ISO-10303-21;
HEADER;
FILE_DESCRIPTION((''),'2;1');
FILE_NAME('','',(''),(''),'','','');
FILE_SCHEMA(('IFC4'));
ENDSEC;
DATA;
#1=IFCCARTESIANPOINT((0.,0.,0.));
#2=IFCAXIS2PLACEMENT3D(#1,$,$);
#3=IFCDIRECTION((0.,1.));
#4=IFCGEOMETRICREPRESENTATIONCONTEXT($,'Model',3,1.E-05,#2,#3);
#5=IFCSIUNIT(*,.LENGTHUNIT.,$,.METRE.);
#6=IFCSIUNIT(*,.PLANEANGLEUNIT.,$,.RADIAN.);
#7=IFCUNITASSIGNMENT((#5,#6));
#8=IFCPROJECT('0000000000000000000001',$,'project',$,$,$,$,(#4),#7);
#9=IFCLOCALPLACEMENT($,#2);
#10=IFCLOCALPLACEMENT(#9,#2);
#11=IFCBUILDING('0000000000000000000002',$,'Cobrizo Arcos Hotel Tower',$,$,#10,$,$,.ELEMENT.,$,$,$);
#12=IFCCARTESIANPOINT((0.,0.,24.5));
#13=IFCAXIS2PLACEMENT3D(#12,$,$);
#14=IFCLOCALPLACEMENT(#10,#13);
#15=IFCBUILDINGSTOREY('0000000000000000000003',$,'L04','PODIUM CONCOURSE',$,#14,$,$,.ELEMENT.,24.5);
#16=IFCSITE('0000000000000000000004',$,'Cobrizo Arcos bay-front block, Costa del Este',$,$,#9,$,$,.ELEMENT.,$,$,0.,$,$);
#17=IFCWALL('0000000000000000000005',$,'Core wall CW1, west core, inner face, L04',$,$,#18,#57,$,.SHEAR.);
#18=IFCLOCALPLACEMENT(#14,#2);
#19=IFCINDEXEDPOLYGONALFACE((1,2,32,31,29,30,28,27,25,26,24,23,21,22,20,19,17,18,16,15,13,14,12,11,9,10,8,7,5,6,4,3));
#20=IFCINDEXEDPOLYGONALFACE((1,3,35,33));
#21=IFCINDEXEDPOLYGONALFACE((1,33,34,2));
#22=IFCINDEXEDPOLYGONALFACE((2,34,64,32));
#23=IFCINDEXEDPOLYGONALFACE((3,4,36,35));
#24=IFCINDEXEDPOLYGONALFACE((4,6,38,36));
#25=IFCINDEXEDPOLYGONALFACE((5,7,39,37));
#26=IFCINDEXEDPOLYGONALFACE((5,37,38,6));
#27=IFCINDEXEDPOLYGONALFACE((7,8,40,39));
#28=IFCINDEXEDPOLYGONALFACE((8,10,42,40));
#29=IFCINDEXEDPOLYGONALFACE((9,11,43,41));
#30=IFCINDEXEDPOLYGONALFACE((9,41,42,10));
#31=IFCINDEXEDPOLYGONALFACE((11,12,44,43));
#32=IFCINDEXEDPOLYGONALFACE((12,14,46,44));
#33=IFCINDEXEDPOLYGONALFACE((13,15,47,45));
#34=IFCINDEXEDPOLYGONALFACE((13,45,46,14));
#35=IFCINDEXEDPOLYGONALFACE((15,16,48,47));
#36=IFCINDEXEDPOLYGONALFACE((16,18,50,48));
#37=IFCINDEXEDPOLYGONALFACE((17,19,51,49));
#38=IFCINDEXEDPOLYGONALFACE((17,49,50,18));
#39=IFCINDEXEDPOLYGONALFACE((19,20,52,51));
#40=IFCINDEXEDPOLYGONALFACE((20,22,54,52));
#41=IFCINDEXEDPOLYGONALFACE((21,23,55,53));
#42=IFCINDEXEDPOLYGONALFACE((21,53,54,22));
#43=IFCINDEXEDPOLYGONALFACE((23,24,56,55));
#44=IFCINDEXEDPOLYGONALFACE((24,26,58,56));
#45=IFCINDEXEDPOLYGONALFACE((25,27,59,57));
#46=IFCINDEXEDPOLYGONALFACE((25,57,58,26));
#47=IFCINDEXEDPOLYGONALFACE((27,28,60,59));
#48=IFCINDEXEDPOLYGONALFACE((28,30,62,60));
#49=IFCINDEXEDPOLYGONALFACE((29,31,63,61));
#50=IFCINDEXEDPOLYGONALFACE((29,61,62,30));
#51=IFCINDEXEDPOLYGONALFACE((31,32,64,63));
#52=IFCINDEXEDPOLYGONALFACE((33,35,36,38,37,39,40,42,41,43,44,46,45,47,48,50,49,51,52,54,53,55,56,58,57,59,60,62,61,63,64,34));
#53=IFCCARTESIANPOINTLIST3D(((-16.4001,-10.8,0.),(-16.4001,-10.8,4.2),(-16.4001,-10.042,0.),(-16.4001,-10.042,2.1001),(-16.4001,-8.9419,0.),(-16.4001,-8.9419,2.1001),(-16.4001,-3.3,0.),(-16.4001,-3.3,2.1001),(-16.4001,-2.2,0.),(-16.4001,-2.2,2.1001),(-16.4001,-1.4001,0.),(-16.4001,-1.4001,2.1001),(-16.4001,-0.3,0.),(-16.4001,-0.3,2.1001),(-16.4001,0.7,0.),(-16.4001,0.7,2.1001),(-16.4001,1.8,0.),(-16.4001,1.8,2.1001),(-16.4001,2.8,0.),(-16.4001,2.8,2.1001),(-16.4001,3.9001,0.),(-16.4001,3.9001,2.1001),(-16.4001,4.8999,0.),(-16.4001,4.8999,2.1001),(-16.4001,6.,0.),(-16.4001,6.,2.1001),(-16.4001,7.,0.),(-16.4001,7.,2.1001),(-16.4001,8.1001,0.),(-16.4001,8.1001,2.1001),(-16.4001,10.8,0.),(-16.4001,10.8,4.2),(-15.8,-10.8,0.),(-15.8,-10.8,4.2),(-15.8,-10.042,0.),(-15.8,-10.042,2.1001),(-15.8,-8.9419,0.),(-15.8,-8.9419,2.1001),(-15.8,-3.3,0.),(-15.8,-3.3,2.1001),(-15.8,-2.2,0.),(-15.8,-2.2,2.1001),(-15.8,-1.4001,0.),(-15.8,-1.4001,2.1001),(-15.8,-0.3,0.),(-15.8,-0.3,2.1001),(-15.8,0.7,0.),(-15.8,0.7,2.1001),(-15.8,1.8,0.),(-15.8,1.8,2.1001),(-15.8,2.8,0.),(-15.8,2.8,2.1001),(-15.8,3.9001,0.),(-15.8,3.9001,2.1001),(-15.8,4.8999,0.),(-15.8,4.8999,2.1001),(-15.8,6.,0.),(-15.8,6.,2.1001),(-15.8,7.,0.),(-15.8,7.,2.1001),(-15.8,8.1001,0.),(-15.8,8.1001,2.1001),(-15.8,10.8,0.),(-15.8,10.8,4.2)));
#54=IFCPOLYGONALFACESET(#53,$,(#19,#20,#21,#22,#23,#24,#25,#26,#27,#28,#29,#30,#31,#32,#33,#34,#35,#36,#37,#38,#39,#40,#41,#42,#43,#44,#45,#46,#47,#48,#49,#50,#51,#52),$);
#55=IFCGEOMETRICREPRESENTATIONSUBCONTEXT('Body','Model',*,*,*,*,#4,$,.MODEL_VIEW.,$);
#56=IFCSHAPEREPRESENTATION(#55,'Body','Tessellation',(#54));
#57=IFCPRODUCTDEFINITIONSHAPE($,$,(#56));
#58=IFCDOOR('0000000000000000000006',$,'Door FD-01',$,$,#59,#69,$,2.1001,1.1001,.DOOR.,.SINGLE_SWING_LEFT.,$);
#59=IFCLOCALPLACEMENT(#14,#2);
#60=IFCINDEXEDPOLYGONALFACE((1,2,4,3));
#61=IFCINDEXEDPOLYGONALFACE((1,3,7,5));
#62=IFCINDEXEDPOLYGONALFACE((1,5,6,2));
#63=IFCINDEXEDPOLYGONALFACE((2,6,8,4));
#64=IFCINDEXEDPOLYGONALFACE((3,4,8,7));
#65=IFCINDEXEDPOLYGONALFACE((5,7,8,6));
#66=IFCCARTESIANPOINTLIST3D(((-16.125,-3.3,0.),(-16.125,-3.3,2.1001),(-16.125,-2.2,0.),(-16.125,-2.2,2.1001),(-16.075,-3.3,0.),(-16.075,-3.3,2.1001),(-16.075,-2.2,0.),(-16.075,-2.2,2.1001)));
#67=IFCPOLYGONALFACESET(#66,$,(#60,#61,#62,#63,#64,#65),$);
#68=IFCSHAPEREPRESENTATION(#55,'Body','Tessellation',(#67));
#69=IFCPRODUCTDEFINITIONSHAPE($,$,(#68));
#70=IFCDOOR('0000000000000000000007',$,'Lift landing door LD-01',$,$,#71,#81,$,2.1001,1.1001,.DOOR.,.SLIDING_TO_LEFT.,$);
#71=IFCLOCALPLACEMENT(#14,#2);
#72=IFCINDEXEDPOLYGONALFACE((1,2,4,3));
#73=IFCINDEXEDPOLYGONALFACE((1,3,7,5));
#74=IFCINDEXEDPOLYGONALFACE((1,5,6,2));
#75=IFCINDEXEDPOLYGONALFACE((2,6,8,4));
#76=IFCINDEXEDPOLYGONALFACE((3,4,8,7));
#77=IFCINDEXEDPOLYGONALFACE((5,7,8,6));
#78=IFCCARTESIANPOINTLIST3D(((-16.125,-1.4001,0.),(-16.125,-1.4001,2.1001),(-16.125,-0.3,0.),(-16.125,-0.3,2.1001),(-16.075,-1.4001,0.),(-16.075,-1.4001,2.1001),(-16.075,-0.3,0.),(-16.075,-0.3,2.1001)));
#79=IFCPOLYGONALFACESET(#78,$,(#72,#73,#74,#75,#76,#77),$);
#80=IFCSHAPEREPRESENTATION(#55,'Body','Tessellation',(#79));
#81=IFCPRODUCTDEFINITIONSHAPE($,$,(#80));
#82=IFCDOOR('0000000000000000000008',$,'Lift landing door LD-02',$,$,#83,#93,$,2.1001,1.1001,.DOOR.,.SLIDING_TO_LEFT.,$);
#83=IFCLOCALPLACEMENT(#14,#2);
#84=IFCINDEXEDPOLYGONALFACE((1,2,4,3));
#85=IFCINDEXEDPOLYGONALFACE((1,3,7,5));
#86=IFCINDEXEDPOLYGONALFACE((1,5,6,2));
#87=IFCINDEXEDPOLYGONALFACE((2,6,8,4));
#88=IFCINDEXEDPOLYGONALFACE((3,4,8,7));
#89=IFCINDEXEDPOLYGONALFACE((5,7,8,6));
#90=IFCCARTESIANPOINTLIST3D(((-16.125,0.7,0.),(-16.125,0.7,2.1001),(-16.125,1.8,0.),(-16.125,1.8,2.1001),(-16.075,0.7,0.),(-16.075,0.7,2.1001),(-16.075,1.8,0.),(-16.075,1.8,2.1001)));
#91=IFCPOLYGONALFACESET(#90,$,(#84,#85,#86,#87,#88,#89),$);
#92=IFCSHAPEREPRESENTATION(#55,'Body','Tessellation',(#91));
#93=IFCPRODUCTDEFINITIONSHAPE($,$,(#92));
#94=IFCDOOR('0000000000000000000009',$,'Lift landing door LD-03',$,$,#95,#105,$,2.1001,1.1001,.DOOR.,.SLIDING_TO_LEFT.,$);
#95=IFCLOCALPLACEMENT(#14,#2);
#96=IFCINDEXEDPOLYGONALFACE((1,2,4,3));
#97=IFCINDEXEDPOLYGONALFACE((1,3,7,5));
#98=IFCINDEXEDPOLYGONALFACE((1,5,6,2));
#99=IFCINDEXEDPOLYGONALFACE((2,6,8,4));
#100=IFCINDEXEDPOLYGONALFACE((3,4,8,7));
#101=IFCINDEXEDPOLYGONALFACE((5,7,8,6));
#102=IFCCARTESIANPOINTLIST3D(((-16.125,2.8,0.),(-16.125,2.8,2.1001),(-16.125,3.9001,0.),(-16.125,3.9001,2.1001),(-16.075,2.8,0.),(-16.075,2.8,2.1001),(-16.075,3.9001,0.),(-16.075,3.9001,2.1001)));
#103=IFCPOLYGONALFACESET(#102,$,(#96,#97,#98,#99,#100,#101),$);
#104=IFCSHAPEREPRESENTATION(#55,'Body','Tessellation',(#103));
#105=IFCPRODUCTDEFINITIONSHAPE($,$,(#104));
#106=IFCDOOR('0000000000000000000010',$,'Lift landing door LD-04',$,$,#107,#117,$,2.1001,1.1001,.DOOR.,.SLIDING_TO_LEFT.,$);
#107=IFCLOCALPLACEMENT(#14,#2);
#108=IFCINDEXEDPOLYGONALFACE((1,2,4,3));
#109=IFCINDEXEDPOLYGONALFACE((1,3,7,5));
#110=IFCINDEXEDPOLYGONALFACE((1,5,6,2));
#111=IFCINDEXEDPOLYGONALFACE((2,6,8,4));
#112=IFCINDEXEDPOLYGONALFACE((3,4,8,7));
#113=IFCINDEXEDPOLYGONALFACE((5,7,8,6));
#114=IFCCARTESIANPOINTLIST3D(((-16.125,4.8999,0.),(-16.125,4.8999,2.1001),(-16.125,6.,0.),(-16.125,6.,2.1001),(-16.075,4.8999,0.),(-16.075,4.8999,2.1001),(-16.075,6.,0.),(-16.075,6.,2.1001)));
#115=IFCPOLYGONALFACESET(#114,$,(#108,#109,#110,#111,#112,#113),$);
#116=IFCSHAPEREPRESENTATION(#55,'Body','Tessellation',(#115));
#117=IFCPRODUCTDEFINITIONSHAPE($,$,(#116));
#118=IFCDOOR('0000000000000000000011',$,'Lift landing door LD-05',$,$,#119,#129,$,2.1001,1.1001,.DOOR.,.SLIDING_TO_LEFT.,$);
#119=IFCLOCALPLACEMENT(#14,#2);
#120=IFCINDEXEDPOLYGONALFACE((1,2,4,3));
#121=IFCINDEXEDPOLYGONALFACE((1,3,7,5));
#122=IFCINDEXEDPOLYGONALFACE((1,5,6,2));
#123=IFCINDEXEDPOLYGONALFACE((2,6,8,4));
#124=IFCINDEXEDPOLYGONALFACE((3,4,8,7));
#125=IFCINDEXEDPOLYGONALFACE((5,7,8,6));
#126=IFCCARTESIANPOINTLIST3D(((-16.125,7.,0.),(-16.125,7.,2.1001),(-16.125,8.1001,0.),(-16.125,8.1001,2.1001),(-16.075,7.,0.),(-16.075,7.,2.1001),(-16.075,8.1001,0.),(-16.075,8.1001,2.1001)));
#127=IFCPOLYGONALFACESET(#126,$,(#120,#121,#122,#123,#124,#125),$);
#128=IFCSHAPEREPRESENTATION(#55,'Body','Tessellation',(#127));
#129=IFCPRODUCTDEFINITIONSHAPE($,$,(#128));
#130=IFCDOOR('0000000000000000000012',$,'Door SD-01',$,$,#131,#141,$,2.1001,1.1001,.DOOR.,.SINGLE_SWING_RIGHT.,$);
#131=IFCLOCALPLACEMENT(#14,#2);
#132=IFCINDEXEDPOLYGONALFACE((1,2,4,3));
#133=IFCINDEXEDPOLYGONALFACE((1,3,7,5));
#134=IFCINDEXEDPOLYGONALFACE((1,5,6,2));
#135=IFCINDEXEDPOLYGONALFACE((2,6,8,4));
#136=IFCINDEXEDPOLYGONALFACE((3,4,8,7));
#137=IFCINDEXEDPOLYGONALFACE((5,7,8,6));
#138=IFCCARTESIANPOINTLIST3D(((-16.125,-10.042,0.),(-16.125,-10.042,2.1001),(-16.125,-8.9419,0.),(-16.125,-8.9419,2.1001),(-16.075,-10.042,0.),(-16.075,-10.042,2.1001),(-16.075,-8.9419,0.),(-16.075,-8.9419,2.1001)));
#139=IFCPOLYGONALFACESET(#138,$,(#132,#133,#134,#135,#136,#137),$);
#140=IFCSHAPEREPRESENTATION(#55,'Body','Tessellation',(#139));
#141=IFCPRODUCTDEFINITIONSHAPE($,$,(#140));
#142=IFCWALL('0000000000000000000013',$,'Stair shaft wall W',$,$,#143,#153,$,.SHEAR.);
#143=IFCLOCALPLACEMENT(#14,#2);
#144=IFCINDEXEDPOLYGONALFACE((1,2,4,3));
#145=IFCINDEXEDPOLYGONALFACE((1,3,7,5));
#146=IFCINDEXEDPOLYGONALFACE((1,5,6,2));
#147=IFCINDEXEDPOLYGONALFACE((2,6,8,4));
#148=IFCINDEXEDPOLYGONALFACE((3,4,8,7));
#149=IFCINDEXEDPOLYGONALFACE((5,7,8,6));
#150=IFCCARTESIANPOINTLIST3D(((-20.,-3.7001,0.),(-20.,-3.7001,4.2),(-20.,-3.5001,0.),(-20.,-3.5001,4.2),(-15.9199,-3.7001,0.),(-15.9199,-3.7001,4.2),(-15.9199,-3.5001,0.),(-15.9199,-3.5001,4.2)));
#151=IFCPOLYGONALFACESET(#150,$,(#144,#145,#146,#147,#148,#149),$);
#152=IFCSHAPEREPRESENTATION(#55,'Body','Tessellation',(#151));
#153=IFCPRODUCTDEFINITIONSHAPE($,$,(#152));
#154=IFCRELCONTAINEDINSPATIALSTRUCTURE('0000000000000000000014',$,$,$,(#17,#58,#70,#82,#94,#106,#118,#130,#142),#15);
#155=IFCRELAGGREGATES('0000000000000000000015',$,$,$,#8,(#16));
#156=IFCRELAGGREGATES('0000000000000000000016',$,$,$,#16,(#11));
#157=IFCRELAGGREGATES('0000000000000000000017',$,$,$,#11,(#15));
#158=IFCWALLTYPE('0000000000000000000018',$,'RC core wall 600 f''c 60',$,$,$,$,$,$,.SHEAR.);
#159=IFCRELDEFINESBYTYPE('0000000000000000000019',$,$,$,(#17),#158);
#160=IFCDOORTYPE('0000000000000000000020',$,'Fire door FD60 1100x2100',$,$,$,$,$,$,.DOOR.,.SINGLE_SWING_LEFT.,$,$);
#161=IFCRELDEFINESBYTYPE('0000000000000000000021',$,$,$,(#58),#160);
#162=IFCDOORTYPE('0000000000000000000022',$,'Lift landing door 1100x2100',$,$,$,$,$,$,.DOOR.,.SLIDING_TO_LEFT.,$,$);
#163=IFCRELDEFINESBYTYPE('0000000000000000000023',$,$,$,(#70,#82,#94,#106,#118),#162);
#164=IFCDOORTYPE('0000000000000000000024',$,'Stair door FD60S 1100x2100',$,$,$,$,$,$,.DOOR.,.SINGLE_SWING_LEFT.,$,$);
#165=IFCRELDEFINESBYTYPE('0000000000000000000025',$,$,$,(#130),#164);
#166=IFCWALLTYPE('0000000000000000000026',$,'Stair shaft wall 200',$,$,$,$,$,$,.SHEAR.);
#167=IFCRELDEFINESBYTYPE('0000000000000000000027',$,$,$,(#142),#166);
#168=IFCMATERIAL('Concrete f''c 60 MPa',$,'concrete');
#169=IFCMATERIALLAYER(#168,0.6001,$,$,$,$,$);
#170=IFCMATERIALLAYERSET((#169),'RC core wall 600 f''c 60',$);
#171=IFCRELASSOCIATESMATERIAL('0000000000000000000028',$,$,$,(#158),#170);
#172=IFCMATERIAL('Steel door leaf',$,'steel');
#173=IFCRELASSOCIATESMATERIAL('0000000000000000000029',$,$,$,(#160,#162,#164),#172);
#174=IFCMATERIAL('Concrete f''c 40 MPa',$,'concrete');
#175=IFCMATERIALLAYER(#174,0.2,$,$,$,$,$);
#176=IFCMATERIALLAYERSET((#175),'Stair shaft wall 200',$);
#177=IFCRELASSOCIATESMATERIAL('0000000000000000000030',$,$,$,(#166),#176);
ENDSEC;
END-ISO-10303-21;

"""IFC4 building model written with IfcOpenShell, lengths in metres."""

from ifc_helpers import new_model, si_unit, direction, frame, frame_2d, origin, place, context, subcontext, project, spatial, rectangle, extrude, material, layer, layer_set, type_object, element, fill, save


model = new_model("IFC4")

# Units and contexts
model_context = context("Model", 3, precision=1e-05, world=origin(), true_north=direction((0.0, 1.0)))
body_context = subcontext(model_context, "Body", "Model", "MODEL_VIEW")
ifc_project = project(units=[si_unit("LENGTHUNIT", "METRE"), si_unit("PLANEANGLEUNIT", "RADIAN")], contexts=[model_context])

# Site, building, storey
site_placement = place(None, origin())
site = spatial("IfcSite", under=ifc_project, at=site_placement, Name="Cobrizo Arcos bay-front block, Costa del Este", CompositionType="ELEMENT", RefElevation=0.0)
building_placement = place(site_placement, origin())
building = spatial("IfcBuilding", under=site, at=building_placement, Name="Cobrizo Arcos Hotel Tower", CompositionType="ELEMENT")
storey_placement = place(building_placement, frame((0.0, 0.0, 24.5)))
storey = spatial("IfcBuildingStorey", under=building, at=storey_placement, Name="L04", Description="PODIUM CONCOURSE", CompositionType="ELEMENT", Elevation=24.5)

# Wall, openings, doors
ifc_material_1 = material(Name="Concrete f'c 60 MPa", Category="concrete")
ifc_layer_1 = layer(ifc_material_1, 0.6001)
ifc_layer_set_1 = layer_set([ifc_layer_1], Name="RC core wall 600 f'c 60")
wall_type_1 = type_object("IfcWallType", Name="RC core wall 600 f'c 60", PredefinedType="SHEAR", material=ifc_layer_set_1)
wall_1_placement = place(storey_placement, frame((-16.1001, -10.8, 0.0), z_axis=(0.0, 0.0, 1.0), x_axis=(0.0, 1.0, 0.0)))
wall_1 = element("IfcWall", 1, at=wall_1_placement, inside=storey, type_object=wall_type_1, Name="Core wall CW1, west core, inner face, L04", PredefinedType="SHEAR", context=body_context, shape_type="SweptSolid", body=[
    extrude(rectangle(XDim=21.6001, YDim=0.6001, at=frame_2d((10.8, 0.0))), origin(), (0.0, 0.0, 1.0), 4.2),
])
opening_1_placement = place(wall_1_placement, frame((9.3999, 0.0, 0.0)))
opening_1 = element("IfcOpeningElement", 2, at=opening_1_placement, cuts=wall_1, PredefinedType="OPENING", context=body_context, shape_type="SweptSolid", body=[
    extrude(rectangle(XDim=1.1001, YDim=2.1001, at=frame_2d((0.55, 1.05))), frame((0.0, 0.312, 0.0), z_axis=(0.0, -1.0, 0.0), x_axis=(1.0, 0.0, 0.0)), (0.0, 0.0, 1.0), 0.624),
])
opening_2_placement = place(wall_1_placement, frame((11.5, 0.0, 0.0)))
opening_2 = element("IfcOpeningElement", 3, at=opening_2_placement, cuts=wall_1, PredefinedType="OPENING", context=body_context, shape_type="SweptSolid", body=[
    extrude(rectangle(XDim=1.1001, YDim=2.1001, at=frame_2d((0.55, 1.05))), frame((0.0, 0.312, 0.0), z_axis=(0.0, -1.0, 0.0), x_axis=(1.0, 0.0, 0.0)), (0.0, 0.0, 1.0), 0.624),
])
opening_3_placement = place(wall_1_placement, frame((13.6001, 0.0, 0.0)))
opening_3 = element("IfcOpeningElement", 4, at=opening_3_placement, cuts=wall_1, PredefinedType="OPENING", context=body_context, shape_type="SweptSolid", body=[
    extrude(rectangle(XDim=1.1001, YDim=2.1001, at=frame_2d((0.55, 1.05))), frame((0.0, 0.312, 0.0), z_axis=(0.0, -1.0, 0.0), x_axis=(1.0, 0.0, 0.0)), (0.0, 0.0, 1.0), 0.624),
])
opening_4_placement = place(wall_1_placement, frame((15.7, 0.0, 0.0)))
opening_4 = element("IfcOpeningElement", 5, at=opening_4_placement, cuts=wall_1, PredefinedType="OPENING", context=body_context, shape_type="SweptSolid", body=[
    extrude(rectangle(XDim=1.1001, YDim=2.1001, at=frame_2d((0.55, 1.05))), frame((0.0, 0.312, 0.0), z_axis=(0.0, -1.0, 0.0), x_axis=(1.0, 0.0, 0.0)), (0.0, 0.0, 1.0), 0.624),
])
opening_5_placement = place(wall_1_placement, frame((17.8, 0.0, 0.0)))
opening_5 = element("IfcOpeningElement", 6, at=opening_5_placement, cuts=wall_1, PredefinedType="OPENING", context=body_context, shape_type="SweptSolid", body=[
    extrude(rectangle(XDim=1.1001, YDim=2.1001, at=frame_2d((0.55, 1.05))), frame((0.0, 0.312, 0.0), z_axis=(0.0, -1.0, 0.0), x_axis=(1.0, 0.0, 0.0)), (0.0, 0.0, 1.0), 0.624),
])
opening_6_placement = place(wall_1_placement, frame((0.7581, 0.0, 0.0)))
opening_6 = element("IfcOpeningElement", 7, at=opening_6_placement, cuts=wall_1, PredefinedType="OPENING", context=body_context, shape_type="SweptSolid", body=[
    extrude(rectangle(XDim=1.1001, YDim=2.1001, at=frame_2d((0.55, 1.05))), frame((0.0, 0.312, 0.0), z_axis=(0.0, -1.0, 0.0), x_axis=(1.0, 0.0, 0.0)), (0.0, 0.0, 1.0), 0.624),
])
opening_7_placement = place(wall_1_placement, frame((7.5, 0.0, 0.0)))
opening_7 = element("IfcOpeningElement", 8, at=opening_7_placement, cuts=wall_1, PredefinedType="OPENING", context=body_context, shape_type="SweptSolid", body=[
    extrude(rectangle(XDim=1.1001, YDim=2.1001, at=frame_2d((0.55, 1.05))), frame((0.0, 0.312, 0.0), z_axis=(0.0, -1.0, 0.0), x_axis=(1.0, 0.0, 0.0)), (0.0, 0.0, 1.0), 0.624),
])
ifc_material_2 = material(Name="Steel door leaf", Category="steel")
door_type_1 = type_object("IfcDoorType", Name="Fire door FD60 1100x2100", OperationType="SINGLE_SWING_LEFT", PredefinedType="DOOR", material=ifc_material_2)
door_1_placement = place(opening_7_placement, origin())
door_1 = element("IfcDoor", 9, at=door_1_placement, inside=storey, type_object=door_type_1, Name="Door FD-01", OperationType="SINGLE_SWING_LEFT", OverallHeight=2.1001, OverallWidth=1.1001, PredefinedType="DOOR", context=body_context, shape_type="SweptSolid", body=[
    extrude(rectangle(XDim=1.1001, YDim=2.1001, at=frame_2d((0.55, 1.05))), frame((0.0, 0.0249, 0.0), z_axis=(0.0, -1.0, 0.0), x_axis=(1.0, 0.0, 0.0)), (0.0, 0.0, 1.0), 0.05),
])
fill(opening_7, door_1)
door_type_2 = type_object("IfcDoorType", Name="Lift landing door 1100x2100", OperationType="SLIDING_TO_LEFT", PredefinedType="DOOR", material=ifc_material_2)
door_2_placement = place(opening_1_placement, origin())
door_2 = element("IfcDoor", 10, at=door_2_placement, inside=storey, type_object=door_type_2, Name="Lift landing door LD-01", OperationType="SLIDING_TO_LEFT", OverallHeight=2.1001, OverallWidth=1.1001, PredefinedType="DOOR", context=body_context, shape_type="SweptSolid", body=[
    extrude(rectangle(XDim=1.1001, YDim=2.1001, at=frame_2d((0.55, 1.05))), frame((0.0, 0.0249, 0.0), z_axis=(0.0, -1.0, 0.0), x_axis=(1.0, 0.0, 0.0)), (0.0, 0.0, 1.0), 0.05),
])
fill(opening_1, door_2)
door_3_placement = place(opening_2_placement, origin())
door_3 = element("IfcDoor", 11, at=door_3_placement, inside=storey, type_object=door_type_2, Name="Lift landing door LD-02", OperationType="SLIDING_TO_LEFT", OverallHeight=2.1001, OverallWidth=1.1001, PredefinedType="DOOR", context=body_context, shape_type="SweptSolid", body=[
    extrude(rectangle(XDim=1.1001, YDim=2.1001, at=frame_2d((0.55, 1.05))), frame((0.0, 0.0249, 0.0), z_axis=(0.0, -1.0, 0.0), x_axis=(1.0, 0.0, 0.0)), (0.0, 0.0, 1.0), 0.05),
])
fill(opening_2, door_3)
door_4_placement = place(opening_3_placement, origin())
door_4 = element("IfcDoor", 12, at=door_4_placement, inside=storey, type_object=door_type_2, Name="Lift landing door LD-03", OperationType="SLIDING_TO_LEFT", OverallHeight=2.1001, OverallWidth=1.1001, PredefinedType="DOOR", context=body_context, shape_type="SweptSolid", body=[
    extrude(rectangle(XDim=1.1001, YDim=2.1001, at=frame_2d((0.55, 1.05))), frame((0.0, 0.0249, 0.0), z_axis=(0.0, -1.0, 0.0), x_axis=(1.0, 0.0, 0.0)), (0.0, 0.0, 1.0), 0.05),
])
fill(opening_3, door_4)
door_5_placement = place(opening_4_placement, origin())
door_5 = element("IfcDoor", 13, at=door_5_placement, inside=storey, type_object=door_type_2, Name="Lift landing door LD-04", OperationType="SLIDING_TO_LEFT", OverallHeight=2.1001, OverallWidth=1.1001, PredefinedType="DOOR", context=body_context, shape_type="SweptSolid", body=[
    extrude(rectangle(XDim=1.1001, YDim=2.1001, at=frame_2d((0.55, 1.05))), frame((0.0, 0.0249, 0.0), z_axis=(0.0, -1.0, 0.0), x_axis=(1.0, 0.0, 0.0)), (0.0, 0.0, 1.0), 0.05),
])
fill(opening_4, door_5)
door_6_placement = place(opening_5_placement, origin())
door_6 = element("IfcDoor", 14, at=door_6_placement, inside=storey, type_object=door_type_2, Name="Lift landing door LD-05", OperationType="SLIDING_TO_LEFT", OverallHeight=2.1001, OverallWidth=1.1001, PredefinedType="DOOR", context=body_context, shape_type="SweptSolid", body=[
    extrude(rectangle(XDim=1.1001, YDim=2.1001, at=frame_2d((0.55, 1.05))), frame((0.0, 0.0249, 0.0), z_axis=(0.0, -1.0, 0.0), x_axis=(1.0, 0.0, 0.0)), (0.0, 0.0, 1.0), 0.05),
])
fill(opening_5, door_6)
door_type_3 = type_object("IfcDoorType", Name="Stair door FD60S 1100x2100", OperationType="SINGLE_SWING_LEFT", PredefinedType="DOOR", material=ifc_material_2)
door_7_placement = place(opening_6_placement, origin())
door_7 = element("IfcDoor", 15, at=door_7_placement, inside=storey, type_object=door_type_3, Name="Door SD-01", OperationType="SINGLE_SWING_RIGHT", OverallHeight=2.1001, OverallWidth=1.1001, PredefinedType="DOOR", context=body_context, shape_type="SweptSolid", body=[
    extrude(rectangle(XDim=1.1001, YDim=2.1001, at=frame_2d((0.55, 1.05))), frame((0.0, 0.0249, 0.0), z_axis=(0.0, -1.0, 0.0), x_axis=(1.0, 0.0, 0.0)), (0.0, 0.0, 1.0), 0.05),
])
fill(opening_6, door_7)

# Wall
ifc_material_3 = material(Name="Concrete f'c 40 MPa", Category="concrete")
ifc_layer_2 = layer(ifc_material_3, 0.2)
ifc_layer_set_2 = layer_set([ifc_layer_2], Name="Stair shaft wall 200")
wall_type_2 = type_object("IfcWallType", Name="Stair shaft wall 200", PredefinedType="SHEAR", material=ifc_layer_set_2)
wall_2_placement = place(storey_placement, frame((-20.0, -3.6001, 0.0), z_axis=(0.0, 0.0, 1.0), x_axis=(1.0, 0.0, 0.0)))
element("IfcWall", 16, at=wall_2_placement, inside=storey, type_object=wall_type_2, Name="Stair shaft wall W", PredefinedType="SHEAR", context=body_context, shape_type="SweptSolid", body=[
    extrude(rectangle(XDim=4.0801, YDim=0.2, at=frame_2d((2.04, 0.0))), origin(), (0.0, 0.0, 1.0), 4.2),
])

save(model, "model.ifc")
